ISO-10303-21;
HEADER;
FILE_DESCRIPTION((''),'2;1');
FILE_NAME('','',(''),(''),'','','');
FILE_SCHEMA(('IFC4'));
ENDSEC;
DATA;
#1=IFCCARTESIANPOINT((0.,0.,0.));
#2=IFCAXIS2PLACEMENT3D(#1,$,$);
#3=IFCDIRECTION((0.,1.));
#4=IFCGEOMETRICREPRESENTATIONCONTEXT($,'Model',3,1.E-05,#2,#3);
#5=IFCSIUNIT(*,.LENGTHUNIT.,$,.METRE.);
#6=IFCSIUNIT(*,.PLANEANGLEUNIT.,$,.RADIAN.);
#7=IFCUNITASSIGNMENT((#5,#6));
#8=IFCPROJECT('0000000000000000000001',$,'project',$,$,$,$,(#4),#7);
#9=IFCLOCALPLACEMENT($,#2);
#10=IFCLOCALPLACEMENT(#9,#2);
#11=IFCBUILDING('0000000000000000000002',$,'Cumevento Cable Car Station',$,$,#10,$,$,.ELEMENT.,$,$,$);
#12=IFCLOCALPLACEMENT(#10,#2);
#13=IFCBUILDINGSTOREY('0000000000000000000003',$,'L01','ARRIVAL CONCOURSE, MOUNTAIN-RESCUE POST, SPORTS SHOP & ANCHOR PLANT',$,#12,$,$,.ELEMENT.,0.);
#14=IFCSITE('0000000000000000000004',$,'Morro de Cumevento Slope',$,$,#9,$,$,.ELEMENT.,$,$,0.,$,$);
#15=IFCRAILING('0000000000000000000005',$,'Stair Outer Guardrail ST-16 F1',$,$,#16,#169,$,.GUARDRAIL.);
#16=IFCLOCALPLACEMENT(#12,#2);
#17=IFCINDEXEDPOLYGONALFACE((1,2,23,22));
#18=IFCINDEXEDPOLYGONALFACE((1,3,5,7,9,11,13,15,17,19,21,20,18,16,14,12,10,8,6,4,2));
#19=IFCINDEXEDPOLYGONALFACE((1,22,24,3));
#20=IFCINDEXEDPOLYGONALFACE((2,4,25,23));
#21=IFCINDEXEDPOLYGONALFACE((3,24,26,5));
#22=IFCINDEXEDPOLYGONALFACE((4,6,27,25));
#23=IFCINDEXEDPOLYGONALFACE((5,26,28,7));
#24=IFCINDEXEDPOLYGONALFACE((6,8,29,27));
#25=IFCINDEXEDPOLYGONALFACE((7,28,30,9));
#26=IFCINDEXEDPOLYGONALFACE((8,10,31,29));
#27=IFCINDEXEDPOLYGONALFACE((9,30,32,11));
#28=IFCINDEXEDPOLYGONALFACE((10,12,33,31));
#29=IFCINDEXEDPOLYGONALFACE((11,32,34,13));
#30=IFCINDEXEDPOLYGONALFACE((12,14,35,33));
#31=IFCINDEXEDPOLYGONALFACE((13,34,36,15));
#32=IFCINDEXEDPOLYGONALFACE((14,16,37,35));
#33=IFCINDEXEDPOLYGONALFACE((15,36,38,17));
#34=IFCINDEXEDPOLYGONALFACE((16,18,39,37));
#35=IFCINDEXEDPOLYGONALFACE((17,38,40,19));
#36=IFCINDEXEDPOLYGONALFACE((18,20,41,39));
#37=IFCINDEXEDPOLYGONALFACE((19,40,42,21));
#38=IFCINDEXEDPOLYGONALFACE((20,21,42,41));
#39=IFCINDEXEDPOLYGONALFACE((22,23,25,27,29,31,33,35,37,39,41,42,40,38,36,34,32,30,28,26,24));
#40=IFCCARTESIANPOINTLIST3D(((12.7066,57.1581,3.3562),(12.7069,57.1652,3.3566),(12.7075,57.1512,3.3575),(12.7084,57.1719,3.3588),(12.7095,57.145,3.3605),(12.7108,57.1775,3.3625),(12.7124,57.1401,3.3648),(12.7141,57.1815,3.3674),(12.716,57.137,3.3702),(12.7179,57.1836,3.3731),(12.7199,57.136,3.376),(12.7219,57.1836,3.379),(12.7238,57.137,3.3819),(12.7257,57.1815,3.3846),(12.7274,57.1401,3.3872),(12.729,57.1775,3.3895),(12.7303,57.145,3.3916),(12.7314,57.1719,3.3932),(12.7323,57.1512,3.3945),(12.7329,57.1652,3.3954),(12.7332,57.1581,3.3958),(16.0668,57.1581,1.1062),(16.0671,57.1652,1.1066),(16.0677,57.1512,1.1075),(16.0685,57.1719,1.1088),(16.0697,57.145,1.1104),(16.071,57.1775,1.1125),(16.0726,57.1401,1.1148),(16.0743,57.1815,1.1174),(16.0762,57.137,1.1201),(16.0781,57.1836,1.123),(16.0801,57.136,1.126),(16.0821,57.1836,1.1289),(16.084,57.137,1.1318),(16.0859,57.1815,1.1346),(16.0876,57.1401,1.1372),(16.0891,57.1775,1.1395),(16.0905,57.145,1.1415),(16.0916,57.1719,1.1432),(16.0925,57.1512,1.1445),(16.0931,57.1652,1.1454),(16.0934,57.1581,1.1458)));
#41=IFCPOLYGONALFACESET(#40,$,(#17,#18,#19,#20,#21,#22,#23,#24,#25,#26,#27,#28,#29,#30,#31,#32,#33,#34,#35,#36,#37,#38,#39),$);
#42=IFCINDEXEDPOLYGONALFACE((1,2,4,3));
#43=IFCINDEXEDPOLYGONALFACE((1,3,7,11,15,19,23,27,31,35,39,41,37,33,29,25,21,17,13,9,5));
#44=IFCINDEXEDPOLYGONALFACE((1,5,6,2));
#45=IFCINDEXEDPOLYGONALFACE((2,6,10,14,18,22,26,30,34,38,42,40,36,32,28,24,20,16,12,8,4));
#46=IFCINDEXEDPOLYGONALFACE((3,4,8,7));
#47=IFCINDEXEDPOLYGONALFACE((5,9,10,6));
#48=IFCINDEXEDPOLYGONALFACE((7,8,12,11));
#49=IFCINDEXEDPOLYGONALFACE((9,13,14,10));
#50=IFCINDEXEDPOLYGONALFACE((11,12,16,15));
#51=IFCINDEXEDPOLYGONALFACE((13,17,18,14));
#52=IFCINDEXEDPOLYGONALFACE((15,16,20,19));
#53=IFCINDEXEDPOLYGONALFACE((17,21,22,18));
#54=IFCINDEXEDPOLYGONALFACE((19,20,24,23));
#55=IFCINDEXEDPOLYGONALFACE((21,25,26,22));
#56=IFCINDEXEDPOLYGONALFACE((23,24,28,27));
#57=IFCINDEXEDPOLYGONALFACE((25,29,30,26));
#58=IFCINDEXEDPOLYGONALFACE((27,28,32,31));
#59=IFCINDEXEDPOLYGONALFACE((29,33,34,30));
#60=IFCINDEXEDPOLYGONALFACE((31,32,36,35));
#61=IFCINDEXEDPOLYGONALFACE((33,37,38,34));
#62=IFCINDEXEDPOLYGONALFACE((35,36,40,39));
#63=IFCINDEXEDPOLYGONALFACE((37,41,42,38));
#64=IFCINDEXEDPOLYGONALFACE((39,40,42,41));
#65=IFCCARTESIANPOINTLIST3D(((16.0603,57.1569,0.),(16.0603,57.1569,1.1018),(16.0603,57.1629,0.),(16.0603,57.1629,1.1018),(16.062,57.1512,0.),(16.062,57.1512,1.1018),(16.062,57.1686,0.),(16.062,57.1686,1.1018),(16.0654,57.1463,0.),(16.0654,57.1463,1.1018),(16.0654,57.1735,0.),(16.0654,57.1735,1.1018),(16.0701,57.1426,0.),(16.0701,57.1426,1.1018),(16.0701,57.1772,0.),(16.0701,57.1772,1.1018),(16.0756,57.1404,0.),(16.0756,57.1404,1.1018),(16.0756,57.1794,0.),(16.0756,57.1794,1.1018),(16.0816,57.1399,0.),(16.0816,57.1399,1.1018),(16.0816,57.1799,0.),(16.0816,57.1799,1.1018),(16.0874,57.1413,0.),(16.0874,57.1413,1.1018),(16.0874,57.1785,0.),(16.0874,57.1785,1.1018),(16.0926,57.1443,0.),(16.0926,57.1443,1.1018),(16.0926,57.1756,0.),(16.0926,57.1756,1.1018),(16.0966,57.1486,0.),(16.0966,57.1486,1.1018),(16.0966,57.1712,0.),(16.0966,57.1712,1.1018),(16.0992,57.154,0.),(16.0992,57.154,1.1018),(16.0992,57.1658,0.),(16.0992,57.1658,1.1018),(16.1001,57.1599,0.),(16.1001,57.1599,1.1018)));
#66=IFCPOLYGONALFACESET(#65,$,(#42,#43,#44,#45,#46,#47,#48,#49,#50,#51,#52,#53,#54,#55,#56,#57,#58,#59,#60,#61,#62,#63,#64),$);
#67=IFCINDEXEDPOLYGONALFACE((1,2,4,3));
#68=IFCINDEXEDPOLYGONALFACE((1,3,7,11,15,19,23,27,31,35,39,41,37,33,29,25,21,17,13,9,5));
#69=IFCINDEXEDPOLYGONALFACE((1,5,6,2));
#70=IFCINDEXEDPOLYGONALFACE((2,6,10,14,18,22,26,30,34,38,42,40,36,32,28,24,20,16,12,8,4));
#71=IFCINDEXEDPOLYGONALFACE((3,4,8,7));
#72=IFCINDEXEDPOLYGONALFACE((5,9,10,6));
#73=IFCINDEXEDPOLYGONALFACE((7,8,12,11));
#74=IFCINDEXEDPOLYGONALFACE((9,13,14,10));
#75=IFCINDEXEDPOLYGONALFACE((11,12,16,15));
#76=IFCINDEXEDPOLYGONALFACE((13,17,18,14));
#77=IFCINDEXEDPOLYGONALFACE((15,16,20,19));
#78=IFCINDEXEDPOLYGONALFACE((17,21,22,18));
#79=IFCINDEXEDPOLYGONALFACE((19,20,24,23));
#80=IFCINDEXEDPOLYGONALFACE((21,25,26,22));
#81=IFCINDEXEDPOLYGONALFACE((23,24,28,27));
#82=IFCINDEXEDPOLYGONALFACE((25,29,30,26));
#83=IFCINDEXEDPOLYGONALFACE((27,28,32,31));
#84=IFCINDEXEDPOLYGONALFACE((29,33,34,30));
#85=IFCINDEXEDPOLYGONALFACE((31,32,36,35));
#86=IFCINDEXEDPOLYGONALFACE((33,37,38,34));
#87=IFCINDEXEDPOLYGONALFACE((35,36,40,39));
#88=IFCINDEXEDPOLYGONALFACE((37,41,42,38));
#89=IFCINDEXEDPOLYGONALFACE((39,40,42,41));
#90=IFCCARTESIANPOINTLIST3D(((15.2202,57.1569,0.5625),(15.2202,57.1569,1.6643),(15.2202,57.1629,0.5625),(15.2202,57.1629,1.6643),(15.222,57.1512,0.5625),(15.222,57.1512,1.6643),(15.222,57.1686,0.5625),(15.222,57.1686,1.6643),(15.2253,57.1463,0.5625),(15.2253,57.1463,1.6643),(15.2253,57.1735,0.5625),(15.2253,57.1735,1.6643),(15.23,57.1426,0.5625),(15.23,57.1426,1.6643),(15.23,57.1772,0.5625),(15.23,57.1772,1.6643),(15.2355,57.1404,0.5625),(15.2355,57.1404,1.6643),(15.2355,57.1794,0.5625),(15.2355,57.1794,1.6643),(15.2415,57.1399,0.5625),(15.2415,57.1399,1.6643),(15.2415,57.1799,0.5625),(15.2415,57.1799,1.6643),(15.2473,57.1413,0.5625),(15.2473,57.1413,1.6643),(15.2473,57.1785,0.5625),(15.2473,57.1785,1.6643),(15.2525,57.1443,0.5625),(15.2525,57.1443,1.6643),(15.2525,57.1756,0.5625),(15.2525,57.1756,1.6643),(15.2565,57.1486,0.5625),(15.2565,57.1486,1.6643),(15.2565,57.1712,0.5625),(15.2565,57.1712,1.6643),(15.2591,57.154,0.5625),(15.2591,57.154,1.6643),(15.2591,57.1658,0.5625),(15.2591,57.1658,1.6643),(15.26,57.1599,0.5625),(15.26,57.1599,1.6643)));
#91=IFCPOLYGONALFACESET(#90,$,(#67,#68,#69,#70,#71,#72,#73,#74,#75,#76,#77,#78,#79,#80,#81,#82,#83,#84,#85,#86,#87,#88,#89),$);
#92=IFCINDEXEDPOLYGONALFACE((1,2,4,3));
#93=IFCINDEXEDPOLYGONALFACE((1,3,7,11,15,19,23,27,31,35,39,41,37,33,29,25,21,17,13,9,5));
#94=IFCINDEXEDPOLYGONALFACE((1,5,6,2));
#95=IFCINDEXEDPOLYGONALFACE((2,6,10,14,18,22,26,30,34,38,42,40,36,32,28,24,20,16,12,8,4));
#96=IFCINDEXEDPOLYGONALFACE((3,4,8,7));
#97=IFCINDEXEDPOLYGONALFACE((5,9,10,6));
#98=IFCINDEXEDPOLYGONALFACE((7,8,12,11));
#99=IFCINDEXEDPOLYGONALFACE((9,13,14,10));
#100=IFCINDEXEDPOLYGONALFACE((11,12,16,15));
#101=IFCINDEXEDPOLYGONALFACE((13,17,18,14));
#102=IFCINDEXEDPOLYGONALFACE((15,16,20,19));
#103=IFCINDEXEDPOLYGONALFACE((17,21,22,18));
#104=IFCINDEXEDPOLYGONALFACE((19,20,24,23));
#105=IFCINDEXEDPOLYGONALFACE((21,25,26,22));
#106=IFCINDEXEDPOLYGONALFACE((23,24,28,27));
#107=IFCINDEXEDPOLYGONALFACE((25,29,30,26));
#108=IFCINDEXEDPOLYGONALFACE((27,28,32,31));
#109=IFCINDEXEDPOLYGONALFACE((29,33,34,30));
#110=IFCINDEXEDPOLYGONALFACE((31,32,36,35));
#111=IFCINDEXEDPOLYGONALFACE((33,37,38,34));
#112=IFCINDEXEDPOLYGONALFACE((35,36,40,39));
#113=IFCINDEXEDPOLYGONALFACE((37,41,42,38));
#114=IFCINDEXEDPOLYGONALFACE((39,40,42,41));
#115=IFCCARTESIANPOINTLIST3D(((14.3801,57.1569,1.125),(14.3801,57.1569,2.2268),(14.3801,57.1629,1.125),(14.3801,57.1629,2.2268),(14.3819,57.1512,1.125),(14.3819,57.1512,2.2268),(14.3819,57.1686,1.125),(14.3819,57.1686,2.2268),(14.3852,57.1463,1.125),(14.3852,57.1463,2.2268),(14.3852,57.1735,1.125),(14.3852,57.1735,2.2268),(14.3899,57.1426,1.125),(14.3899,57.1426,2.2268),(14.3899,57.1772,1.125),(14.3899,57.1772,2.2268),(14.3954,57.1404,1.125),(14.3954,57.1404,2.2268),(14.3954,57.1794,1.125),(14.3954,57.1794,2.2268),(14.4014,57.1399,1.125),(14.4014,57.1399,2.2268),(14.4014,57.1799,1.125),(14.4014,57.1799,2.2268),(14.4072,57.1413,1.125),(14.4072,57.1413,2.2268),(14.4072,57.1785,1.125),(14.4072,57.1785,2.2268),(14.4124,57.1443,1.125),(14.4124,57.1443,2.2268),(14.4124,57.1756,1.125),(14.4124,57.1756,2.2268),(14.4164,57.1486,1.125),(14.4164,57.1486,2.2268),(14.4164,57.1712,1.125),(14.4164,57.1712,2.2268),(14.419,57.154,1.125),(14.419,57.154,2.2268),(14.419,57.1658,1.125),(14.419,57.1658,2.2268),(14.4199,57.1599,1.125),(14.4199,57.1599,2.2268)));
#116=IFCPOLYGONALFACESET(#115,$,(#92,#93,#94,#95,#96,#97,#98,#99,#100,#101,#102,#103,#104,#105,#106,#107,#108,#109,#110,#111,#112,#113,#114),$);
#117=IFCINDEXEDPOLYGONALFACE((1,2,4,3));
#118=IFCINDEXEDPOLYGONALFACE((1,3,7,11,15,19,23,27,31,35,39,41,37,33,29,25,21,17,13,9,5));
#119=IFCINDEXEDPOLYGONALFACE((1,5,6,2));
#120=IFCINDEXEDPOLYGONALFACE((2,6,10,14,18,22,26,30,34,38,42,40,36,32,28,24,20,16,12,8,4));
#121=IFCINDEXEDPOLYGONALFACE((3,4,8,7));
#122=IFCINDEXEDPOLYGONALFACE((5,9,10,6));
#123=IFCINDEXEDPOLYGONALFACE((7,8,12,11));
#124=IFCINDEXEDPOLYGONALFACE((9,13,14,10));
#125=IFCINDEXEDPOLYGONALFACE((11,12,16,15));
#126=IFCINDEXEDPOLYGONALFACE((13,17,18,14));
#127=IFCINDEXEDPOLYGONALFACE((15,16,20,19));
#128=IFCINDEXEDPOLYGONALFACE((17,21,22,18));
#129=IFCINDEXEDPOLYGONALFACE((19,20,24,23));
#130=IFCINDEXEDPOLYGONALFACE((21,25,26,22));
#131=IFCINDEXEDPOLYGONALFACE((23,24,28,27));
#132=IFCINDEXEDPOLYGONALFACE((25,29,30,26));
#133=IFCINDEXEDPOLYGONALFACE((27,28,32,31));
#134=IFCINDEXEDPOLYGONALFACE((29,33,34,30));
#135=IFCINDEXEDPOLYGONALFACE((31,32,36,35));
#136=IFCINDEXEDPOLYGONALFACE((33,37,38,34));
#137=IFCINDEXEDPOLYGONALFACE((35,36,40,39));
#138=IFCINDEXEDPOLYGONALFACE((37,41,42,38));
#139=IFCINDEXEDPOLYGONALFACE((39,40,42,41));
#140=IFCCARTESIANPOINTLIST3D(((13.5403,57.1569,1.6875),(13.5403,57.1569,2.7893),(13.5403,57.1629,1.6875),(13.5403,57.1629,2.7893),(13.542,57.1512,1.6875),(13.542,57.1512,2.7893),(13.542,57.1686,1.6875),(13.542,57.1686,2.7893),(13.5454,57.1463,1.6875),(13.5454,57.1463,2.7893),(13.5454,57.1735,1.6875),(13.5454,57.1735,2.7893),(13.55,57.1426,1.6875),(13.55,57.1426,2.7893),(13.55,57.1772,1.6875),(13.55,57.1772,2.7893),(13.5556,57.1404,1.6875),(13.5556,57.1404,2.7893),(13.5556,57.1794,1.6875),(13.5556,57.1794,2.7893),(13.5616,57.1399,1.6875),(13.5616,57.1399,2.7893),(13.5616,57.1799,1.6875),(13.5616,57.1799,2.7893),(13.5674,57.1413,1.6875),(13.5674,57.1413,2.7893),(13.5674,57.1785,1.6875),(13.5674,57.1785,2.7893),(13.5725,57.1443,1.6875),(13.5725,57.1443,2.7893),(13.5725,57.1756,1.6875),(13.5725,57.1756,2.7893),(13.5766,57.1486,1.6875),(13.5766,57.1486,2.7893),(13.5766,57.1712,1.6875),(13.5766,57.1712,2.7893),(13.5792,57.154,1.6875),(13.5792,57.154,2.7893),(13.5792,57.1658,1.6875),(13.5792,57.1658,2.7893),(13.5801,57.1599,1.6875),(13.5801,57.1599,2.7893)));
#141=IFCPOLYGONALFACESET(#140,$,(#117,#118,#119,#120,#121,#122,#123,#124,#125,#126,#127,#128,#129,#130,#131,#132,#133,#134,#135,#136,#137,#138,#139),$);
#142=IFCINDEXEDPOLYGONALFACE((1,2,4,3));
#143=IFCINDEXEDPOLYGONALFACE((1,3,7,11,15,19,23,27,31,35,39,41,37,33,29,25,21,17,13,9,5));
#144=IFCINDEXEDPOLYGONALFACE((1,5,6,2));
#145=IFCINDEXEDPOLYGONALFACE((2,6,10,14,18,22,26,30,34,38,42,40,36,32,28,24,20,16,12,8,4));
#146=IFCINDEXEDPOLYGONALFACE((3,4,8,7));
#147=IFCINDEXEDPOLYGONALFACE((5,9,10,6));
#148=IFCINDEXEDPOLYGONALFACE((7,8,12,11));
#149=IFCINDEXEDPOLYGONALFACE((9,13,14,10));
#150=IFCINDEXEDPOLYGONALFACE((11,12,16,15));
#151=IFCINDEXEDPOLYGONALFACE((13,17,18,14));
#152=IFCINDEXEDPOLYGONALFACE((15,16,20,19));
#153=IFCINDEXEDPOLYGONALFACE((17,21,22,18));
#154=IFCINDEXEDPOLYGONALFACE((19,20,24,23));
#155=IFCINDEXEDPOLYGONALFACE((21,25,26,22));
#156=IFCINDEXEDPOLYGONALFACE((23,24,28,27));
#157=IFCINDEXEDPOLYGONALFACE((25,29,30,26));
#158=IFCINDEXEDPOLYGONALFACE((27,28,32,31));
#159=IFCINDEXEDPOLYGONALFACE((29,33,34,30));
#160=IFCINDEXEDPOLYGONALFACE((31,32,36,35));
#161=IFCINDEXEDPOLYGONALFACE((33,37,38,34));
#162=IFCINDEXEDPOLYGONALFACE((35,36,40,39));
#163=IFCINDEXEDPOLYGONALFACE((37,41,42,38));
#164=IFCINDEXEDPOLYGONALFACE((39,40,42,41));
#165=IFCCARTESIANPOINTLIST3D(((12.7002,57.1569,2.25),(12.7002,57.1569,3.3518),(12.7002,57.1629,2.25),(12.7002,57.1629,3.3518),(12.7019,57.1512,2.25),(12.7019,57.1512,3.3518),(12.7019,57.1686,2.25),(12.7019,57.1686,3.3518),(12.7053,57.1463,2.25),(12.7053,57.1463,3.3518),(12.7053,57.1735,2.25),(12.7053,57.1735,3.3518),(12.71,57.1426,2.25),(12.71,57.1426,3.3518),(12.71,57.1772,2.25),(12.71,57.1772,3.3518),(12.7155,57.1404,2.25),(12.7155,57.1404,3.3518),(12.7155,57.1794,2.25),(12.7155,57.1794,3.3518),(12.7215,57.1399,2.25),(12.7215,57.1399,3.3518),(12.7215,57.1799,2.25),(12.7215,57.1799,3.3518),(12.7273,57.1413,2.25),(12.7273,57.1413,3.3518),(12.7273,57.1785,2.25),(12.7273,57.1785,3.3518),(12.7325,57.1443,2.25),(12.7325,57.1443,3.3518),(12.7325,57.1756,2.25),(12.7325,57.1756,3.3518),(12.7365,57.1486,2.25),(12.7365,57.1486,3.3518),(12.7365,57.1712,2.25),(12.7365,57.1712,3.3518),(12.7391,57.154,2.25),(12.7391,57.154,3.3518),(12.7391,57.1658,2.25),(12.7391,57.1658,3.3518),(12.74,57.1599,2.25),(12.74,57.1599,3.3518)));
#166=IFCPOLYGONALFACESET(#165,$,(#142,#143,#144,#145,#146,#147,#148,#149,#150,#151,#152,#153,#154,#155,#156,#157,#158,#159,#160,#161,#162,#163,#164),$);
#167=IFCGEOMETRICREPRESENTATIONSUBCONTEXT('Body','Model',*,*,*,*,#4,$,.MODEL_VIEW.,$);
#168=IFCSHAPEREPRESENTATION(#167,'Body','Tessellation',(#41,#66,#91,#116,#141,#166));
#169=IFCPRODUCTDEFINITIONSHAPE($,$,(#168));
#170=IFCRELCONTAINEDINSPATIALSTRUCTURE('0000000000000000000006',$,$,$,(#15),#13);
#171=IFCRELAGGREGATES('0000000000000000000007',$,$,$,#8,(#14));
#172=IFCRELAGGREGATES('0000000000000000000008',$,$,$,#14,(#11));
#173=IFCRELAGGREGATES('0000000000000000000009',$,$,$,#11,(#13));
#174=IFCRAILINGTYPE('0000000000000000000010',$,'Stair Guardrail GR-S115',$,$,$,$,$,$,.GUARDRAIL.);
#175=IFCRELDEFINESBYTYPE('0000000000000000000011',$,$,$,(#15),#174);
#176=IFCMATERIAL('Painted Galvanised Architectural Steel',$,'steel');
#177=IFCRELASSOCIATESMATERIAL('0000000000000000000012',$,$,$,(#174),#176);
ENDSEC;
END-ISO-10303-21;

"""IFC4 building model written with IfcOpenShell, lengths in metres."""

from ifc_helpers import new_model, si_unit, direction, frame, origin, origin_2d, place, context, subcontext, project, spatial, circle, extrude, material, type_object, element, save


model = new_model("IFC4")

# Units and contexts
model_context = context("Model", 3, precision=1e-05, world=origin(), true_north=direction((0.0, 1.0)))
body_context = subcontext(model_context, "Body", "Model", "MODEL_VIEW")
ifc_project = project(units=[si_unit("LENGTHUNIT", "METRE"), si_unit("PLANEANGLEUNIT", "RADIAN")], contexts=[model_context])

# Site, building, storey
site_placement = place(None, origin())
site = spatial("IfcSite", under=ifc_project, at=site_placement, Name="Morro de Cumevento Slope", CompositionType="ELEMENT", RefElevation=0.0)
building_placement = place(site_placement, origin())
building = spatial("IfcBuilding", under=site, at=building_placement, Name="Cumevento Cable Car Station", CompositionType="ELEMENT")
storey_placement = place(building_placement, origin())
storey = spatial("IfcBuildingStorey", under=building, at=storey_placement, Name="L01", Description="ARRIVAL CONCOURSE, MOUNTAIN-RESCUE POST, SPORTS SHOP & ANCHOR PLANT", CompositionType="ELEMENT", Elevation=0.0)

# Railing
ifc_material_1 = material(Name="Painted Galvanised Architectural Steel", Category="steel")
railing_type_1 = type_object("IfcRailingType", Name="Stair Guardrail GR-S115", PredefinedType="GUARDRAIL", material=ifc_material_1)
railing_1_placement = place(storey_placement, frame((16.0801, 57.1599, 0.0)))
element("IfcRailing", 1, at=railing_1_placement, inside=storey, type_object=railing_type_1, Name="Stair Outer Guardrail ST-16 F1", PredefinedType="GUARDRAIL", context=body_context, shape_type="SweptSolid", body=[
    extrude(circle(Radius=0.0239, at=origin_2d()), frame((0.0, 0.0, 1.126), z_axis=(-0.830915, 0.0, 0.556399), x_axis=(0.0, -1.0, 0.0)), (0.0, 0.0, 1.0), 4.0439),
    extrude(circle(Radius=0.02, at=origin_2d()), origin(), (0.0, 0.0, 1.0), 1.1018),
    extrude(circle(Radius=0.02, at=origin_2d()), frame((-0.8401, 0.0, 0.5625)), (0.0, 0.0, 1.0), 1.1018),
    extrude(circle(Radius=0.02, at=origin_2d()), frame((-1.6802, 0.0, 1.125)), (0.0, 0.0, 1.0), 1.1018),
    extrude(circle(Radius=0.02, at=origin_2d()), frame((-2.52, 0.0, 1.6875)), (0.0, 0.0, 1.0), 1.1018),
    extrude(circle(Radius=0.02, at=origin_2d()), frame((-3.3601, 0.0, 2.25)), (0.0, 0.0, 1.0), 1.1018),
])

save(model, "model.ifc")
